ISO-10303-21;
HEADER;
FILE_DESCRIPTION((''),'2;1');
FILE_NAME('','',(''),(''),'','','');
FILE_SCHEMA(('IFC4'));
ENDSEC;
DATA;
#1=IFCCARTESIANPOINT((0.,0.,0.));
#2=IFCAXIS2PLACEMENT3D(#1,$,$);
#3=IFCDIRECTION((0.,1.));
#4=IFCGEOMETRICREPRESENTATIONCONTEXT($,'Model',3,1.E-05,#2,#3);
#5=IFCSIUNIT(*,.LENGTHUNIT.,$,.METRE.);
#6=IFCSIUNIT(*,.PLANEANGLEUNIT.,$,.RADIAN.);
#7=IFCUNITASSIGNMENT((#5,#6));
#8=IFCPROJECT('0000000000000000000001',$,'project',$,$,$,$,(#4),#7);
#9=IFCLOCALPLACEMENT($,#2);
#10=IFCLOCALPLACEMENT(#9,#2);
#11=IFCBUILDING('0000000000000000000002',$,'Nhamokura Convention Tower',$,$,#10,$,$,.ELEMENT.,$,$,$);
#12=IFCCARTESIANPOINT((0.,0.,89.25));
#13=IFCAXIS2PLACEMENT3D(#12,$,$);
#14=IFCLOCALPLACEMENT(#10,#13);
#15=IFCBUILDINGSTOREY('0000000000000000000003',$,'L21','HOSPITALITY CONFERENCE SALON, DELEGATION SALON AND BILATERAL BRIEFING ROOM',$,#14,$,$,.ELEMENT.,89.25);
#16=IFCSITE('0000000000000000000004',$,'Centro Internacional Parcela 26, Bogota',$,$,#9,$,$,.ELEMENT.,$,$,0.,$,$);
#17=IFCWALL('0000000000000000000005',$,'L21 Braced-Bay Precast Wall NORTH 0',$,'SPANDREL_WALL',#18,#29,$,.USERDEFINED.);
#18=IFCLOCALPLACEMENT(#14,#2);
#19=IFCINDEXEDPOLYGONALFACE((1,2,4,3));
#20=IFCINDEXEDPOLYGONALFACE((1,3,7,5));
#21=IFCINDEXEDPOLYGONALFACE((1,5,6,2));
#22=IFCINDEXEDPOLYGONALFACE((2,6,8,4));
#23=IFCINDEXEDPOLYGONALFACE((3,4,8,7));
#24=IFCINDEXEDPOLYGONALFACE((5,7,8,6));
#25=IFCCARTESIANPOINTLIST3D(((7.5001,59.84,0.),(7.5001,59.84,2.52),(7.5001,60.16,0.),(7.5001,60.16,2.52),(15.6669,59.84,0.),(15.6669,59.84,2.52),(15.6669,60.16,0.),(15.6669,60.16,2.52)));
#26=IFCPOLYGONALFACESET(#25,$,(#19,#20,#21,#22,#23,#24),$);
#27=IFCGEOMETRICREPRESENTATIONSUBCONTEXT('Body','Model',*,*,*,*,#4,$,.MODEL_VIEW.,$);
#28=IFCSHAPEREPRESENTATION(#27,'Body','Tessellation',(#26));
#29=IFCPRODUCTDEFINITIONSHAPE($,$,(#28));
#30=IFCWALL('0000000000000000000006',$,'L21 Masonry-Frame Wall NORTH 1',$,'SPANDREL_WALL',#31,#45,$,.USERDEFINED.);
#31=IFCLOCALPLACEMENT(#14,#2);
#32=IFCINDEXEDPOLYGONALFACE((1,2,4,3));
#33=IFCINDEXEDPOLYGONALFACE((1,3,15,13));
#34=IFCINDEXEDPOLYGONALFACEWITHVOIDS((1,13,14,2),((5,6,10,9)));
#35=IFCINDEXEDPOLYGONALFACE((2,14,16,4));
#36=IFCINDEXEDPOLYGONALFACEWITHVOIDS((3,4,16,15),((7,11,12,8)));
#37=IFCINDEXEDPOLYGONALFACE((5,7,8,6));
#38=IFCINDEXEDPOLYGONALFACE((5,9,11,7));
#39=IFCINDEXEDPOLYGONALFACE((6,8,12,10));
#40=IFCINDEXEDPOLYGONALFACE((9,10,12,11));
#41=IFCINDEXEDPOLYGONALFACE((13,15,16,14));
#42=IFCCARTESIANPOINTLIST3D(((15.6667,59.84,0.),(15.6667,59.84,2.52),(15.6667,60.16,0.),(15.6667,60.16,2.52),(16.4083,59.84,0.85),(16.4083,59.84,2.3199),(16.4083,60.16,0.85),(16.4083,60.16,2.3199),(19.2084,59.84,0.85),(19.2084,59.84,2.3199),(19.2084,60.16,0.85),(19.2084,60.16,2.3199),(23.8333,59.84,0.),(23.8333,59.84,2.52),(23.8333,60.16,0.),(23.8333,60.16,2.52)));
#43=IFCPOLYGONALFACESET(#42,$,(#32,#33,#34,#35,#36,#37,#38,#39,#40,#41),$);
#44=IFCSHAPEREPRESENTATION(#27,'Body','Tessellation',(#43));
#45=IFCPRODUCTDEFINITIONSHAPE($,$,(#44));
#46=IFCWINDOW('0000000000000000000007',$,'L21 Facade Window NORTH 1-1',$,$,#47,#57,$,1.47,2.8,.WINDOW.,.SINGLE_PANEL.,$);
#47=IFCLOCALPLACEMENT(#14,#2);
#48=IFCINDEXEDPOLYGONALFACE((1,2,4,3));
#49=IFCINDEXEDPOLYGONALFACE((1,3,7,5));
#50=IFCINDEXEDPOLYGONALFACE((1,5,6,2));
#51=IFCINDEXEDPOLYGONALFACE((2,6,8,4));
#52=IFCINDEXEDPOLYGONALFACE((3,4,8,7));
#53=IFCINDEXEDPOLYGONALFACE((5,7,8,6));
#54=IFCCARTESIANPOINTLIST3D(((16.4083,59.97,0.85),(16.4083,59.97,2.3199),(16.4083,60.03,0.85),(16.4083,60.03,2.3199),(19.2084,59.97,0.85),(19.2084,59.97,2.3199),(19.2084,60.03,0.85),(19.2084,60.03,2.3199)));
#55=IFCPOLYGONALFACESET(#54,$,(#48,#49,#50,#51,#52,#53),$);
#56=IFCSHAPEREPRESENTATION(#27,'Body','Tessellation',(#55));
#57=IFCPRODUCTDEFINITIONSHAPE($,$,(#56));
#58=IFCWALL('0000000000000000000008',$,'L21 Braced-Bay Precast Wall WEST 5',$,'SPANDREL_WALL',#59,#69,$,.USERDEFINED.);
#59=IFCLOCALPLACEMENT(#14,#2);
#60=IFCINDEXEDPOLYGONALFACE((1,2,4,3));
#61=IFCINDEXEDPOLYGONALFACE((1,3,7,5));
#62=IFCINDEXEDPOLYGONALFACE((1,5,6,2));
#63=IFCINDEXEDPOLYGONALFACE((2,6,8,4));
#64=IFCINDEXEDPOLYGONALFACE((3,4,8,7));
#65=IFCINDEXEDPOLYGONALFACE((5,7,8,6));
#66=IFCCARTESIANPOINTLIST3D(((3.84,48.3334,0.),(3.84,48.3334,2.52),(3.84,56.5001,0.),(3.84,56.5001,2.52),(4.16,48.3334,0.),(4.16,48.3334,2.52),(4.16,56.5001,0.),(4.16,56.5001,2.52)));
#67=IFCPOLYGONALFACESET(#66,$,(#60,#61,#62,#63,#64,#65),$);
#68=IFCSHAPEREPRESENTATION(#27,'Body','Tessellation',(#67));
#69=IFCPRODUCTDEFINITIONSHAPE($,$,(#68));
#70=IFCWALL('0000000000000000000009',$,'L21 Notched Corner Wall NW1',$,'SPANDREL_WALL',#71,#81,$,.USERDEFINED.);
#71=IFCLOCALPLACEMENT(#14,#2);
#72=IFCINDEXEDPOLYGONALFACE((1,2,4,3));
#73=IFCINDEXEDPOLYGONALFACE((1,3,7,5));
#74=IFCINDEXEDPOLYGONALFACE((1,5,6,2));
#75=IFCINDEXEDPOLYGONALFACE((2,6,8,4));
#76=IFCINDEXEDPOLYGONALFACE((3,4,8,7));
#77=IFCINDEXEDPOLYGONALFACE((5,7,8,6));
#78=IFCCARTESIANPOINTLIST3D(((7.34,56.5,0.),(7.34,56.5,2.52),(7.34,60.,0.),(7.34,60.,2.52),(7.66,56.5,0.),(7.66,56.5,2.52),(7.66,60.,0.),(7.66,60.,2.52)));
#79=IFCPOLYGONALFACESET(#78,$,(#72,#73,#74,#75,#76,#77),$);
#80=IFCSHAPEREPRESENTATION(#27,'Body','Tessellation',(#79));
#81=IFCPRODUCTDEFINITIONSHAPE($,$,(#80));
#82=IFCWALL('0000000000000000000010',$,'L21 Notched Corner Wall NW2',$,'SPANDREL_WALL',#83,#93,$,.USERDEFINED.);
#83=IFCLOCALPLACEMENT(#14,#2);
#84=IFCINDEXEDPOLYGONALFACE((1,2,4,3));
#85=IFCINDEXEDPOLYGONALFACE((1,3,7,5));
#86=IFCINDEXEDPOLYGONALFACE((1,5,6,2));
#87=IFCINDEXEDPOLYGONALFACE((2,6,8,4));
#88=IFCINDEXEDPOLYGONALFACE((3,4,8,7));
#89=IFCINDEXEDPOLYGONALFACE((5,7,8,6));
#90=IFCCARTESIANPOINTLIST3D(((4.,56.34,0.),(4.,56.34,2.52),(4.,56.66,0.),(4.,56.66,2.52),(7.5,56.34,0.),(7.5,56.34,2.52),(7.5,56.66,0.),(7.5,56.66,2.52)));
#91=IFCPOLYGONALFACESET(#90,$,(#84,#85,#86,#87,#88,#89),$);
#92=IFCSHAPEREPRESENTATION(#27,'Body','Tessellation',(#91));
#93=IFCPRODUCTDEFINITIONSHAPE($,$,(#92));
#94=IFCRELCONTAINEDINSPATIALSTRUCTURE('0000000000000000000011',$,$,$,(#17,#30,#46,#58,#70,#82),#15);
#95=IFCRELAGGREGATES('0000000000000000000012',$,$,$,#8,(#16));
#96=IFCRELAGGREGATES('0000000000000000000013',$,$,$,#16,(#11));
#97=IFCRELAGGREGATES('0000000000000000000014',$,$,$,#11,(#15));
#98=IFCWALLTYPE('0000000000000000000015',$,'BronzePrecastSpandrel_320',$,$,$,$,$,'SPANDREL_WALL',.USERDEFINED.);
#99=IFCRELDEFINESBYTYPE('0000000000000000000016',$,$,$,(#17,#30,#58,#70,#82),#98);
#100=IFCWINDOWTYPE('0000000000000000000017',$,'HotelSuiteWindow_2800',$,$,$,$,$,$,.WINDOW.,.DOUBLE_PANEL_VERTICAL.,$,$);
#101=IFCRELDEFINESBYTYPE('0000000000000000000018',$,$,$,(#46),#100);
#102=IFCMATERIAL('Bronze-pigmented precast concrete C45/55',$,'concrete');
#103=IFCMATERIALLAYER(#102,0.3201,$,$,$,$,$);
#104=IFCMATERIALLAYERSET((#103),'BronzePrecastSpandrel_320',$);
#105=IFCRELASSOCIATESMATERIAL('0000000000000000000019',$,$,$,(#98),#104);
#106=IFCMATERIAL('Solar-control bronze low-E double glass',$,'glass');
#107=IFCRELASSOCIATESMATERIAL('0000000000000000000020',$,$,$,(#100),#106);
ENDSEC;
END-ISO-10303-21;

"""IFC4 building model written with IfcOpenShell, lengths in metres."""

from ifc_helpers import new_model, si_unit, direction, frame, frame_2d, origin, place, context, subcontext, project, spatial, rectangle, extrude, material, layer, layer_set, type_object, element, fill, save


model = new_model("IFC4")

# Units and contexts
model_context = context("Model", 3, precision=1e-05, world=origin(), true_north=direction((0.0, 1.0)))
body_context = subcontext(model_context, "Body", "Model", "MODEL_VIEW")
ifc_project = project(units=[si_unit("LENGTHUNIT", "METRE"), si_unit("PLANEANGLEUNIT", "RADIAN")], contexts=[model_context])

# Site, building, storey
site_placement = place(None, origin())
site = spatial("IfcSite", under=ifc_project, at=site_placement, Name="Centro Internacional Parcela 26, Bogota", CompositionType="ELEMENT", RefElevation=0.0)
building_placement = place(site_placement, origin())
building = spatial("IfcBuilding", under=site, at=building_placement, Name="Nhamokura Convention Tower", CompositionType="ELEMENT")
storey_placement = place(building_placement, frame((0.0, 0.0, 89.25)))
storey = spatial("IfcBuildingStorey", under=building, at=storey_placement, Name="L21", Description="HOSPITALITY CONFERENCE SALON, DELEGATION SALON AND BILATERAL BRIEFING ROOM", CompositionType="ELEMENT", Elevation=89.25)

# Wall
ifc_material_1 = material(Name="Bronze-pigmented precast concrete C45/55", Category="concrete")
ifc_layer = layer(ifc_material_1, 0.3201)
ifc_layer_set = layer_set([ifc_layer], Name="BronzePrecastSpandrel_320")
wall_type = type_object("IfcWallType", Name="BronzePrecastSpandrel_320", ElementType="SPANDREL_WALL", PredefinedType="USERDEFINED", material=ifc_layer_set)
wall_1_placement = place(storey_placement, frame((7.5, 60.0, 0.0), z_axis=(0.0, 0.0, 1.0), x_axis=(1.0, 0.0, 0.0)))
element("IfcWall", 1, at=wall_1_placement, inside=storey, type_object=wall_type, Name="L21 Braced-Bay Precast Wall NORTH 0", ObjectType="SPANDREL_WALL", PredefinedType="USERDEFINED", context=body_context, shape_type="SweptSolid", body=[
    extrude(rectangle(XDim=8.1667, YDim=0.3201, at=frame_2d((4.0835, 0.0))), origin(), (0.0, 0.0, 1.0), 2.52),
])

# Wall, opening, window
wall_2_placement = place(storey_placement, frame((15.6667, 60.0, 0.0), z_axis=(0.0, 0.0, 1.0), x_axis=(1.0, 0.0, 0.0)))
wall_2 = element("IfcWall", 2, at=wall_2_placement, inside=storey, type_object=wall_type, Name="L21 Masonry-Frame Wall NORTH 1", ObjectType="SPANDREL_WALL", PredefinedType="USERDEFINED", context=body_context, shape_type="SweptSolid", body=[
    extrude(rectangle(XDim=8.1665, YDim=0.3201, at=frame_2d((4.0833, 0.0))), origin(), (0.0, 0.0, 1.0), 2.52),
])
opening_placement = place(wall_2_placement, frame((0.7417, 0.0, 0.8501)))
opening = element("IfcOpeningElement", 3, at=opening_placement, cuts=wall_2, PredefinedType="OPENING", context=body_context, shape_type="SweptSolid", body=[
    extrude(rectangle(XDim=2.8, YDim=1.47, at=frame_2d((1.3999, 0.7349))), frame((0.0, 0.1699, 0.0), z_axis=(0.0, -1.0, 0.0), x_axis=(1.0, 0.0, 0.0)), (0.0, 0.0, 1.0), 0.3401),
])
ifc_material_2 = material(Name="Solar-control bronze low-E double glass", Category="glass")
window_type = type_object("IfcWindowType", Name="HotelSuiteWindow_2800", PartitioningType="DOUBLE_PANEL_VERTICAL", PredefinedType="WINDOW", material=ifc_material_2)
window_placement = place(opening_placement, origin())
window = element("IfcWindow", 4, at=window_placement, inside=storey, type_object=window_type, Name="L21 Facade Window NORTH 1-1", OverallHeight=1.47, OverallWidth=2.8, PartitioningType="SINGLE_PANEL", PredefinedType="WINDOW", context=body_context, shape_type="SweptSolid", body=[
    extrude(rectangle(XDim=2.8, YDim=1.47, at=frame_2d((1.3999, 0.7349))), frame((0.0, 0.03, 0.0), z_axis=(0.0, -1.0, 0.0), x_axis=(1.0, 0.0, 0.0)), (0.0, 0.0, 1.0), 0.0601),
])
fill(opening, window)

# Walls
wall_3_placement = place(storey_placement, frame((4.0, 48.3333, 0.0), z_axis=(0.0, 0.0, 1.0), x_axis=(0.0, 1.0, 0.0)))
element("IfcWall", 5, at=wall_3_placement, inside=storey, type_object=wall_type, Name="L21 Braced-Bay Precast Wall WEST 5", ObjectType="SPANDREL_WALL", PredefinedType="USERDEFINED", context=body_context, shape_type="SweptSolid", body=[
    extrude(rectangle(XDim=8.1667, YDim=0.3201, at=frame_2d((4.0835, 0.0))), origin(), (0.0, 0.0, 1.0), 2.52),
])
for number, where, z_axis, x_axis, name in (
    (6, (7.5, 56.5, 0.0), (0.0, 0.0, 1.0), (0.0, 1.0, 0.0), "L21 Notched Corner Wall NW1"),
    (7, (4.0, 56.5, 0.0), (0.0, 0.0, 1.0), (1.0, 0.0, 0.0), "L21 Notched Corner Wall NW2"),
):
    element("IfcWall", number, at=place(storey_placement, frame(where, z_axis=z_axis, x_axis=x_axis)), inside=storey, type_object=wall_type, Name=name, ObjectType="SPANDREL_WALL", PredefinedType="USERDEFINED", context=body_context, shape_type="SweptSolid", body=[
        extrude(rectangle(XDim=3.5, YDim=0.3201, at=frame_2d((1.75, 0.0))), origin(), (0.0, 0.0, 1.0), 2.52),
    ])

save(model, "model.ifc")
